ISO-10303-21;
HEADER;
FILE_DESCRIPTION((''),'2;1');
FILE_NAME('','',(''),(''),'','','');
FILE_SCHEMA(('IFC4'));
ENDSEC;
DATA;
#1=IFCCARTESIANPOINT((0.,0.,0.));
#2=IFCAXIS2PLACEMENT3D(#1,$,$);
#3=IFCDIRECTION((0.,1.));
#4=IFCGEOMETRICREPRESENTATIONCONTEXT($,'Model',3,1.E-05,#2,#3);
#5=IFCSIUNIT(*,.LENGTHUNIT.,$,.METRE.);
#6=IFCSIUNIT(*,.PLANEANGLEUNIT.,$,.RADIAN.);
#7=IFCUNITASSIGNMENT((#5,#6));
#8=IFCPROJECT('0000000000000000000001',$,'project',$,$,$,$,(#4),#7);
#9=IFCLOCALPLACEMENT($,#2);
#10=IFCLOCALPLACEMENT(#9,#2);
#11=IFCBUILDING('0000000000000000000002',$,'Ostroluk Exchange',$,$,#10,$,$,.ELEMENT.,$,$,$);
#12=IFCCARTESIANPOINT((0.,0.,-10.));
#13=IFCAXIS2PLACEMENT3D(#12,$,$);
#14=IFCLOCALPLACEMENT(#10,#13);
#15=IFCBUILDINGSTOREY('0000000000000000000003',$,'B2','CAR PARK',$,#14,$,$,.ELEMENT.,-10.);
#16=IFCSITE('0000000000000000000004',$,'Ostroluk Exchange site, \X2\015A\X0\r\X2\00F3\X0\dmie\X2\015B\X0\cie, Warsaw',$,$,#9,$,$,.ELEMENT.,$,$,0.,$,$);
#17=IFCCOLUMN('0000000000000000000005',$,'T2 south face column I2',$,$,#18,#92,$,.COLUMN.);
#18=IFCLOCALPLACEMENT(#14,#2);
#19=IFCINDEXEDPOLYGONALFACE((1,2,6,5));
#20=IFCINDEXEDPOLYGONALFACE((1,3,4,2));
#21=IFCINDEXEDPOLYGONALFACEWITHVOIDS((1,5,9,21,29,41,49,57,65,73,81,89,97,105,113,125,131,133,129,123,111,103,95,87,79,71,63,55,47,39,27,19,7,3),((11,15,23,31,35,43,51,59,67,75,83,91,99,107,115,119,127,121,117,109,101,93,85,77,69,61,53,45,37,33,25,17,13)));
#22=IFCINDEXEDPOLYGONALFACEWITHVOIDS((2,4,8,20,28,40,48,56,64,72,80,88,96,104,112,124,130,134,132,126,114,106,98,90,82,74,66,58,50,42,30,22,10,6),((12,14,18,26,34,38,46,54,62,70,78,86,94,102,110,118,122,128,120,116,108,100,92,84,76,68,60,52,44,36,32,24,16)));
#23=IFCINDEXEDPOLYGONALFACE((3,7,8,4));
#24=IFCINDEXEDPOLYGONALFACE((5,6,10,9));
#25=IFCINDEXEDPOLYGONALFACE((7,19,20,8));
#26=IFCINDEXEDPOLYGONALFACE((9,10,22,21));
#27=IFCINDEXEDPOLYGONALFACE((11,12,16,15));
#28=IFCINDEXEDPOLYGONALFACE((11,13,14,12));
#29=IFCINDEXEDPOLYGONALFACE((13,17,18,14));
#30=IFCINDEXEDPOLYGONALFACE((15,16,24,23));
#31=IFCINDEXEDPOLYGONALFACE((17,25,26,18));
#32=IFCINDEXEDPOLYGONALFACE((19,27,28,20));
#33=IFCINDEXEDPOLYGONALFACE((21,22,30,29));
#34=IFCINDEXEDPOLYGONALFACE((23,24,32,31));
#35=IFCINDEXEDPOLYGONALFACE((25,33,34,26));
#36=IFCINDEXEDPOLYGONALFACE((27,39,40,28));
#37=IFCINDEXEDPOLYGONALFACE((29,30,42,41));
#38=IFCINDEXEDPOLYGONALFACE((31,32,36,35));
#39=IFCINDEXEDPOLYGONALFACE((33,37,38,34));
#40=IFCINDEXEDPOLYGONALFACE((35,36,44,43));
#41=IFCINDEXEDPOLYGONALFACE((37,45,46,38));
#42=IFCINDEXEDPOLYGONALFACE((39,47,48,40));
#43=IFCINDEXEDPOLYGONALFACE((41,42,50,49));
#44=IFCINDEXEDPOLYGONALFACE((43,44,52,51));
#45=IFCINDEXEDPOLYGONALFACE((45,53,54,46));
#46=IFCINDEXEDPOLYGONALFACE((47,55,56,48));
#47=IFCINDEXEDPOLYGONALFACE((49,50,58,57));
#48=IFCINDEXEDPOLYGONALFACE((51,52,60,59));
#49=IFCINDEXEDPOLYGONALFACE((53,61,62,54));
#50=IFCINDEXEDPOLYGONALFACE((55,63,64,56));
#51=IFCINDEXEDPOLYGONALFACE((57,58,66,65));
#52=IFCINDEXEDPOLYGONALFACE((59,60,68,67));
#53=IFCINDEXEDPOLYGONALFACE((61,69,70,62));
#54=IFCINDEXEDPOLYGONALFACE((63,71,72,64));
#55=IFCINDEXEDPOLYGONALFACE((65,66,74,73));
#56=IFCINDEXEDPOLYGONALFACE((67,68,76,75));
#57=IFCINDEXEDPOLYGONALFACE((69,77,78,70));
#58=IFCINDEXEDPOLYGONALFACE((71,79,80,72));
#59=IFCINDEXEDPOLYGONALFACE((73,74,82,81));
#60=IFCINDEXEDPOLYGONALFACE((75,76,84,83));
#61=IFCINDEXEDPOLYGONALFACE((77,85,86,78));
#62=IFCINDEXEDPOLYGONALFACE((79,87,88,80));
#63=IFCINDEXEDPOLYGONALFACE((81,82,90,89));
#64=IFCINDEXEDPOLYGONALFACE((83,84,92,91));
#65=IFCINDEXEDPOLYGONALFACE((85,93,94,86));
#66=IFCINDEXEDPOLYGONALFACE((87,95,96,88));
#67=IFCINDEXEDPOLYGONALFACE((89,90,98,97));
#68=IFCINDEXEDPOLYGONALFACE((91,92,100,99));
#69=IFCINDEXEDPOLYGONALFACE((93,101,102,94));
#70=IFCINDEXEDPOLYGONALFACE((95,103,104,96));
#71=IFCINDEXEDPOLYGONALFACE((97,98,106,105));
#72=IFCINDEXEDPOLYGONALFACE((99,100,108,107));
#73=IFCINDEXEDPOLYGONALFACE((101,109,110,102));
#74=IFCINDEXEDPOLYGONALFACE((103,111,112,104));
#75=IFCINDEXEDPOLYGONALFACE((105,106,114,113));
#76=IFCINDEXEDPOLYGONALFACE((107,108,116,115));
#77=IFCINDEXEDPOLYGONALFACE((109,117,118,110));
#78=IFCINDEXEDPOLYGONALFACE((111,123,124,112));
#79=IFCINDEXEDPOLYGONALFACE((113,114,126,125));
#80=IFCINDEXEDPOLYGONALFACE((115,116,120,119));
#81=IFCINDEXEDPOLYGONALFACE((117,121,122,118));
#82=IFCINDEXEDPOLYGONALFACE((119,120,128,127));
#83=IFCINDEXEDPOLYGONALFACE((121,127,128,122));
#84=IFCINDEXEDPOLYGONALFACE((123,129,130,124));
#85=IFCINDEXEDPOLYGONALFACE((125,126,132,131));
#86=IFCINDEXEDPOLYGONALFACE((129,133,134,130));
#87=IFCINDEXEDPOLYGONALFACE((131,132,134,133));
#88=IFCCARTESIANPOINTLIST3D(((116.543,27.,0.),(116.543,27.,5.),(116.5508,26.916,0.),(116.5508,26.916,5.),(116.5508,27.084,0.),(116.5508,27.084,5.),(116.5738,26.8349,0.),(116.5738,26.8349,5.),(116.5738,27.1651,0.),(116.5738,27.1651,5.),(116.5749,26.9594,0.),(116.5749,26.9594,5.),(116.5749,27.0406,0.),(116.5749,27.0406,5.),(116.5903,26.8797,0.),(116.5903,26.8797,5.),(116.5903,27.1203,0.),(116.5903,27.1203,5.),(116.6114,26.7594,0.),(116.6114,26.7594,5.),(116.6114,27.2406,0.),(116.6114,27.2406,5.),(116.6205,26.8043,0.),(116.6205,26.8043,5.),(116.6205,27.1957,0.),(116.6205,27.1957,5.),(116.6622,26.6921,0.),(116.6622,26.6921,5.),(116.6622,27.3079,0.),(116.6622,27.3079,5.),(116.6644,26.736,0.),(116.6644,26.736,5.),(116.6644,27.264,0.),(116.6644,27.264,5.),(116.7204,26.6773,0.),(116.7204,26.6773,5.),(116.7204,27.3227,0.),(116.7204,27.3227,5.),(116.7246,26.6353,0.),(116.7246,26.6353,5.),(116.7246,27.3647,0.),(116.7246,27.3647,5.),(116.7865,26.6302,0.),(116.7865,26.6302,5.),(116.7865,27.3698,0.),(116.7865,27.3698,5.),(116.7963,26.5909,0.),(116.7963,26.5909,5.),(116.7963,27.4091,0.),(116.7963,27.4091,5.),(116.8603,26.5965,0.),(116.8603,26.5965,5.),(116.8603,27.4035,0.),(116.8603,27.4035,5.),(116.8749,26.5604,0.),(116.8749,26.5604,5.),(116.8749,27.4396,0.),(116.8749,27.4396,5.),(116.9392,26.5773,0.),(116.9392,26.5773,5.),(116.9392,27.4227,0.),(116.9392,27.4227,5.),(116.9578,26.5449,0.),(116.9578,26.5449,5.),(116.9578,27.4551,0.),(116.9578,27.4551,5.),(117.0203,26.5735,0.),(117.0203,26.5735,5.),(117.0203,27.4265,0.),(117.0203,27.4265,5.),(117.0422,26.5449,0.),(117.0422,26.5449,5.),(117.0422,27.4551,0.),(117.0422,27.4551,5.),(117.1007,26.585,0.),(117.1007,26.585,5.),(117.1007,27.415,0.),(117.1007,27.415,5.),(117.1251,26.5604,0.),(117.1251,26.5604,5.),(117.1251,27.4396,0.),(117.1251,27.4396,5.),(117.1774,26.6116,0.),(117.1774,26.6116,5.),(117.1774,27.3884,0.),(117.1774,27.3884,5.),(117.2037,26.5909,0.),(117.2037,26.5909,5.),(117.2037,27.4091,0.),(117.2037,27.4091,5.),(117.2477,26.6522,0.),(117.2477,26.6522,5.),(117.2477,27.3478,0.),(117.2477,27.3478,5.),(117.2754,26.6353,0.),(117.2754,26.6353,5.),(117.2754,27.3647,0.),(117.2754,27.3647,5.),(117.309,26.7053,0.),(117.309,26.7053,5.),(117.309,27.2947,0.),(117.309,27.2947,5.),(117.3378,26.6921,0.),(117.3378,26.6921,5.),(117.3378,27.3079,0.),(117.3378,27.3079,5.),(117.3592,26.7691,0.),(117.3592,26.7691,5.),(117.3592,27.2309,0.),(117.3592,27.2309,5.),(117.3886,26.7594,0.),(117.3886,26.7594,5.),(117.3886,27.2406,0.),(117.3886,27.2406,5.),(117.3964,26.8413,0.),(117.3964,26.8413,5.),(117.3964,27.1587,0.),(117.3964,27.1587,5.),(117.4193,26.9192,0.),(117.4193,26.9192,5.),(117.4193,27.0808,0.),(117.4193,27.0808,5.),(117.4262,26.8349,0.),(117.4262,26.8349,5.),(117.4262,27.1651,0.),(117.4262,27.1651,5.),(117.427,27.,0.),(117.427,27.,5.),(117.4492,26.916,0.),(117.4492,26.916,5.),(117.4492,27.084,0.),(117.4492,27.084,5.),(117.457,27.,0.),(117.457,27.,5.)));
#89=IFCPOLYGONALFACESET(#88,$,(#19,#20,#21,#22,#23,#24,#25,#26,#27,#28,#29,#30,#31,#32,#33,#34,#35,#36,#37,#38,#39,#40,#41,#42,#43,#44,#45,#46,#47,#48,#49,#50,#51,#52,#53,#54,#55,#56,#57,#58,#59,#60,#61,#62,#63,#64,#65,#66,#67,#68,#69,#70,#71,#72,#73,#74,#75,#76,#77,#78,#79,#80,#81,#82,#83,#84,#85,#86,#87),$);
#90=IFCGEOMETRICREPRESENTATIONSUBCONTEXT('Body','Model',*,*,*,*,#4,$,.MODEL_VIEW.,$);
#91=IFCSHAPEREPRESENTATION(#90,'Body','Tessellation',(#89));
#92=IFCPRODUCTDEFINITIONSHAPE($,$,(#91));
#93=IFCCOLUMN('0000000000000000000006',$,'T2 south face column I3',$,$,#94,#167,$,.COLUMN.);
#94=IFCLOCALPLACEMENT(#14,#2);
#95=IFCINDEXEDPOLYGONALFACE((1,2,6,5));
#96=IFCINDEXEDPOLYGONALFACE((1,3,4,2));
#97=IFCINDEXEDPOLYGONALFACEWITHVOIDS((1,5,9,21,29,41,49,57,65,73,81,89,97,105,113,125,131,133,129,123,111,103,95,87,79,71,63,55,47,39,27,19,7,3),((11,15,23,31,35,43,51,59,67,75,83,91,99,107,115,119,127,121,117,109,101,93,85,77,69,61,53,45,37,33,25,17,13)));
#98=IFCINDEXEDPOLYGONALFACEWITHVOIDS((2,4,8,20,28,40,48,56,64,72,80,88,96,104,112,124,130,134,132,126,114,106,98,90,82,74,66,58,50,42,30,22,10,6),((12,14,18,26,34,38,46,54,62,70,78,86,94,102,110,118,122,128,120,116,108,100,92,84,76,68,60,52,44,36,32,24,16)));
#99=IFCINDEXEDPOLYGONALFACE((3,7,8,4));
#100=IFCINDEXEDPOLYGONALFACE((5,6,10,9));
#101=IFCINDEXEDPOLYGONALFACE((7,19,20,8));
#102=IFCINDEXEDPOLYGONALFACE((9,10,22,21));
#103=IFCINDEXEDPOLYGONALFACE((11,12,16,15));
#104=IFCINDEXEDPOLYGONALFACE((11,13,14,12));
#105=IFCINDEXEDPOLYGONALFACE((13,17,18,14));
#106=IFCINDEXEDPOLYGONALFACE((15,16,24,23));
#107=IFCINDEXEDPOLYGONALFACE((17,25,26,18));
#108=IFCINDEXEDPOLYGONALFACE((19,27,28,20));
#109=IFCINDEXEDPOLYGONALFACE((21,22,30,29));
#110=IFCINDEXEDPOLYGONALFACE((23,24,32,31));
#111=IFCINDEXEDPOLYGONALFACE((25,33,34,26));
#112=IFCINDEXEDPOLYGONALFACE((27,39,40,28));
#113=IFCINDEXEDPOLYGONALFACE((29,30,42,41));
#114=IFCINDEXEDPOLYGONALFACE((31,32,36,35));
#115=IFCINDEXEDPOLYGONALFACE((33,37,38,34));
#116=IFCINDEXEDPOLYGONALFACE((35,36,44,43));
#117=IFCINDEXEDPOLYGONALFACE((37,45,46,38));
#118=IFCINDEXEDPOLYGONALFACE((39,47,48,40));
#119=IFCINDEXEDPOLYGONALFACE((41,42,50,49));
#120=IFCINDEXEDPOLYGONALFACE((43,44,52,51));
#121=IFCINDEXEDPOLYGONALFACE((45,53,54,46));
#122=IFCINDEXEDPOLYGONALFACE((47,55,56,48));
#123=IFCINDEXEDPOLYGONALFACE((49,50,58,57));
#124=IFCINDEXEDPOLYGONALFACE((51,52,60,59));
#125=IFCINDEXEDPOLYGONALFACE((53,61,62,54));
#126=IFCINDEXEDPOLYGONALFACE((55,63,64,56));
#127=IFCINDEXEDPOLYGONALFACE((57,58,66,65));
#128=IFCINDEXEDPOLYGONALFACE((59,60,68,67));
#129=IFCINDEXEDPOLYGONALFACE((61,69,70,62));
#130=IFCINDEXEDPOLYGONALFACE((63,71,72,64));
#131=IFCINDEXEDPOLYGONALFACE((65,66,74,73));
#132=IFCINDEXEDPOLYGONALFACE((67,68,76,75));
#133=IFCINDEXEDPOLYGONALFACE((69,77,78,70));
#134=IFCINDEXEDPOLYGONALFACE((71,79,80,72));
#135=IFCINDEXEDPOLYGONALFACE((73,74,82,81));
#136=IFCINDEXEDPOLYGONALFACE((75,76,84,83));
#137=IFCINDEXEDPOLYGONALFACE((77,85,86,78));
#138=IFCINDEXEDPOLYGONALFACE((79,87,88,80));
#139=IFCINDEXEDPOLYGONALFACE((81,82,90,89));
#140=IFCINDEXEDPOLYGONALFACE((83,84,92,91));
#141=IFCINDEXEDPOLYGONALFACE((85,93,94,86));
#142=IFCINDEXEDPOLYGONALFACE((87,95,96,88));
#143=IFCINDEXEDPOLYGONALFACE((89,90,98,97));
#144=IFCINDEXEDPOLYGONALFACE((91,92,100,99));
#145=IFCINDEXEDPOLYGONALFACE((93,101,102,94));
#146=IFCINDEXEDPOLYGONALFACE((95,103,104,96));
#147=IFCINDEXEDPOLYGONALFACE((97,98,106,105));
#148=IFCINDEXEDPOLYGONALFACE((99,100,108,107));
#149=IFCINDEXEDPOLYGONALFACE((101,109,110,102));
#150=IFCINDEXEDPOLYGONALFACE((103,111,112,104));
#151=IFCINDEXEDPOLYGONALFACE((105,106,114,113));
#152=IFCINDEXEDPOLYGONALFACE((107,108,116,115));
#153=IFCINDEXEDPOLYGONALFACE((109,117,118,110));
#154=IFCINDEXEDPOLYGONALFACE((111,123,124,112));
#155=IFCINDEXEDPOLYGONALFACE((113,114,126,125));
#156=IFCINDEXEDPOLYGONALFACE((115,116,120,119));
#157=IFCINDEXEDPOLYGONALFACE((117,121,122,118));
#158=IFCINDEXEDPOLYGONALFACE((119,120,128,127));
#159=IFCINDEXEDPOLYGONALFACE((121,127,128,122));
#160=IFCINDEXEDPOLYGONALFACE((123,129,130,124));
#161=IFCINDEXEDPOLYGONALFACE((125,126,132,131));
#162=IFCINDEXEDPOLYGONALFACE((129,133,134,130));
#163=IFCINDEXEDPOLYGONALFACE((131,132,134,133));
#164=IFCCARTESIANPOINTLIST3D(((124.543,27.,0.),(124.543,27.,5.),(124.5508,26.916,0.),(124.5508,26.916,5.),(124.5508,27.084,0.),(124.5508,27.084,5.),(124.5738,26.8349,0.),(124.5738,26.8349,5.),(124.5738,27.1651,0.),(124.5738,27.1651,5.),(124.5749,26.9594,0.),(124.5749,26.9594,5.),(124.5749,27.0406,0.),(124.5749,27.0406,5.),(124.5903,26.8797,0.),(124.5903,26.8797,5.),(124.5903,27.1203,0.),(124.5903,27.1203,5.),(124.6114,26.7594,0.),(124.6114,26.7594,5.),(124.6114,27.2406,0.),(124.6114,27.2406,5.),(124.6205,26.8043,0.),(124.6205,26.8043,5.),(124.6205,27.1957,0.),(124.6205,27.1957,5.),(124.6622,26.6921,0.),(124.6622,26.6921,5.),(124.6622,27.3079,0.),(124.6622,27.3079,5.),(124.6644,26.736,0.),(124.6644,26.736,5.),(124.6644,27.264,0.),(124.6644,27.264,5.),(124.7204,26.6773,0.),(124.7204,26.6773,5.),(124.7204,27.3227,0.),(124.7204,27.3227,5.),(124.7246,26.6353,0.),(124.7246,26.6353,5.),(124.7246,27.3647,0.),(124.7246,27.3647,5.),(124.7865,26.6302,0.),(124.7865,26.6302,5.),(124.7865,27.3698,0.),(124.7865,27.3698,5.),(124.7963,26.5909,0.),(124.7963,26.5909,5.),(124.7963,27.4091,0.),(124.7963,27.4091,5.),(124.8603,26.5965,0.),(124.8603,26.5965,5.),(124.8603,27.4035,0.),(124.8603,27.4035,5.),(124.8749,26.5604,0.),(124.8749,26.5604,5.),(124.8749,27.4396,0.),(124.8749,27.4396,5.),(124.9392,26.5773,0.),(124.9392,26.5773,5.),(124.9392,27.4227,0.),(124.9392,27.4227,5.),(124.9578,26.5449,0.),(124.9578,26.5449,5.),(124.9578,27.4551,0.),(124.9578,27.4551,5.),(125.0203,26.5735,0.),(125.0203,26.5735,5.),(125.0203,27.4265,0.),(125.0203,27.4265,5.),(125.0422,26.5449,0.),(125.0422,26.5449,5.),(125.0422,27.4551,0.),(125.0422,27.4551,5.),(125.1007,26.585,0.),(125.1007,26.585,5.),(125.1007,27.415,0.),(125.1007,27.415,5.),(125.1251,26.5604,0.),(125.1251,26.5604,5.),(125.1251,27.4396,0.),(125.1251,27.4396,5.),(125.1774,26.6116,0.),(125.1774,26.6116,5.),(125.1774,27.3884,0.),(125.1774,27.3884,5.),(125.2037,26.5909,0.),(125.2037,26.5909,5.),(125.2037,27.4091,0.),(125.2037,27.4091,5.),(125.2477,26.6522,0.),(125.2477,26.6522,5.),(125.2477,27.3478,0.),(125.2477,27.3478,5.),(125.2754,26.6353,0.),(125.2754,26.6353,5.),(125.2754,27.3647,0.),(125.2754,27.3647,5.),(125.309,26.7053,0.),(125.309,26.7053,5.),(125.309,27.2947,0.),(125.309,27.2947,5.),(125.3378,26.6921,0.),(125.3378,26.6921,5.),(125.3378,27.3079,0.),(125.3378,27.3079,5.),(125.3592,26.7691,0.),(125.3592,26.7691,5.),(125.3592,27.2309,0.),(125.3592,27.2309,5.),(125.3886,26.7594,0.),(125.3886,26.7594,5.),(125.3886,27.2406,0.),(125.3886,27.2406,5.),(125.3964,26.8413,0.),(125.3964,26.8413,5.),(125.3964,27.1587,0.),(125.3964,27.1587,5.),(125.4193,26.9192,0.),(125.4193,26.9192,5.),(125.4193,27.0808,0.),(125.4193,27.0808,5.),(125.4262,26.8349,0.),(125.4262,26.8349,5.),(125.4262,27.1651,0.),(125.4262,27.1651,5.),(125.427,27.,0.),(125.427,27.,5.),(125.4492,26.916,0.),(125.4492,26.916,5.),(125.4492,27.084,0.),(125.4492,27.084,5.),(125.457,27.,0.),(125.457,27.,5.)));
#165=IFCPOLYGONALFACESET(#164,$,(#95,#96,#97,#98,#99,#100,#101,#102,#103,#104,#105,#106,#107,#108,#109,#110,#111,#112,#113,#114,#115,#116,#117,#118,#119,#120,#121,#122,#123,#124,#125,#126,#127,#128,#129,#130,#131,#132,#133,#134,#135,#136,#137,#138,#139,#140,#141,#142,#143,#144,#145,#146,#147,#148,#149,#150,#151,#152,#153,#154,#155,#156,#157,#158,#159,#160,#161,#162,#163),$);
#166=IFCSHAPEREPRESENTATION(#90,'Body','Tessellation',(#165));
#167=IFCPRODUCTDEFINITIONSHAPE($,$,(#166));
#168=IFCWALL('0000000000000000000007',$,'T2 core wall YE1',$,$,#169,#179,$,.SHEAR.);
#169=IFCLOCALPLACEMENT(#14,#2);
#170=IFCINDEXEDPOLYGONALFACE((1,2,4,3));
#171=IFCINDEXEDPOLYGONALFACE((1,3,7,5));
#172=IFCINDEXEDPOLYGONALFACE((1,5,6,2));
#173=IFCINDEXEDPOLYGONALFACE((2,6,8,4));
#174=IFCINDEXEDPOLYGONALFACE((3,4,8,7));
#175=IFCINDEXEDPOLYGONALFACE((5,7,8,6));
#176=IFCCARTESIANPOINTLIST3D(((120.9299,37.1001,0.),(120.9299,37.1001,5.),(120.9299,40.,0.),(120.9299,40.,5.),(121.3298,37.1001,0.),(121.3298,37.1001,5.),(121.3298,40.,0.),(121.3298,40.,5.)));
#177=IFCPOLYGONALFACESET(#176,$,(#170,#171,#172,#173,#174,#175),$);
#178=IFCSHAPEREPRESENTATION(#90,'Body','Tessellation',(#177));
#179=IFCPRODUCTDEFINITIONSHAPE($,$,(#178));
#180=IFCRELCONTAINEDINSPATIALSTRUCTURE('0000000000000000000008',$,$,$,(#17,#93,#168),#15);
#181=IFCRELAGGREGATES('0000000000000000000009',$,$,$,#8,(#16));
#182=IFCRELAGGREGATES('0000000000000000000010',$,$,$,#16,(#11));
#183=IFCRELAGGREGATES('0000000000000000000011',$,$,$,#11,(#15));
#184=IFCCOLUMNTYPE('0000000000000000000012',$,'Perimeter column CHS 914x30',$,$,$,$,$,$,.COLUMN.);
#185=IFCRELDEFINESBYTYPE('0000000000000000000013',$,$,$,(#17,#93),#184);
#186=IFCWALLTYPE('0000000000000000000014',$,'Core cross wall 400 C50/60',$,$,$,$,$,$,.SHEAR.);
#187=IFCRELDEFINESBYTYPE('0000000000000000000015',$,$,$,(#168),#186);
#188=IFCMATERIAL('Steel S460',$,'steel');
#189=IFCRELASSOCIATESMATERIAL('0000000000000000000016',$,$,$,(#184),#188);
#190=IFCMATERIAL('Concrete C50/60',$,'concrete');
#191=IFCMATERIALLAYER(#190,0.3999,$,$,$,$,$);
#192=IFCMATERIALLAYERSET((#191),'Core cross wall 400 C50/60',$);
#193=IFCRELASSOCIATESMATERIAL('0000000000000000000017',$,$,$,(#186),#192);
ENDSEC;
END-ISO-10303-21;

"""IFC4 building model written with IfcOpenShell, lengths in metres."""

from ifc_helpers import new_model, si_unit, direction, frame, frame_2d, origin, origin_2d, place, context, subcontext, project, spatial, rectangle, hollow_circle, extrude, material, layer, layer_set, material_profile, profile_set, type_object, element, save


model = new_model("IFC4")

# Units and contexts
model_context = context("Model", 3, precision=1e-05, world=origin(), true_north=direction((0.0, 1.0)))
body_context = subcontext(model_context, "Body", "Model", "MODEL_VIEW")
ifc_project = project(units=[si_unit("LENGTHUNIT", "METRE"), si_unit("PLANEANGLEUNIT", "RADIAN")], contexts=[model_context])

# Site, building, storey
site_placement = place(None, origin())
site = spatial("IfcSite", under=ifc_project, at=site_placement, Name="Ostroluk Exchange site, Śródmieście, Warsaw", CompositionType="ELEMENT", RefElevation=0.0)
building_placement = place(site_placement, origin())
building = spatial("IfcBuilding", under=site, at=building_placement, Name="Ostroluk Exchange", CompositionType="ELEMENT")
storey_placement = place(building_placement, frame((0.0, 0.0, -10.0)))
storey = spatial("IfcBuildingStorey", under=building, at=storey_placement, Name="B2", Description="CAR PARK", CompositionType="ELEMENT", Elevation=-10.0)

# Columns
ifc_material_1 = material(Name="Steel S460", Category="steel")
ifc_material_profile = material_profile(ifc_material_1, hollow_circle(Radius=0.457, WallThickness=0.03, at=origin_2d()), Name="CHS 914x30")
ifc_profile_set = profile_set([ifc_material_profile], Name="Steel S460")
column_type = type_object("IfcColumnType", Name="Perimeter column CHS 914x30", PredefinedType="COLUMN", material=ifc_profile_set)
for number, where, z_axis, x_axis, name in (
    (1, (117.0, 27.0, 0.0), (0.0, 0.0, 1.0), (1.0, 0.0, 0.0), "T2 south face column I2"),
    (2, (125.0, 27.0, 0.0), (0.0, 0.0, 1.0), (1.0, 0.0, 0.0), "T2 south face column I3"),
):
    element("IfcColumn", number, at=place(storey_placement, frame(where, z_axis=z_axis, x_axis=x_axis)), inside=storey, type_object=column_type, Name=name, PredefinedType="COLUMN", context=body_context, shape_type="SweptSolid", body=[
        extrude(hollow_circle(Radius=0.457, WallThickness=0.03, at=origin_2d()), origin(), (0.0, 0.0, 1.0), 5.0),
    ])

# Wall
ifc_material_2 = material(Name="Concrete C50/60", Category="concrete")
ifc_layer_1 = layer(ifc_material_2, 0.3999)
ifc_layer_set_1 = layer_set([ifc_layer_1], Name="Core cross wall 400 C50/60")
wall_type_1 = type_object("IfcWallType", Name="Core cross wall 400 C50/60", PredefinedType="SHEAR", material=ifc_layer_set_1)
wall_1_placement = place(storey_placement, frame((121.1299, 37.1001, 0.0), z_axis=(0.0, 0.0, 1.0), x_axis=(0.0, 1.0, 0.0)))
element("IfcWall", 3, at=wall_1_placement, inside=storey, type_object=wall_type_1, Name="T2 core wall YE1", PredefinedType="SHEAR", context=body_context, shape_type="SweptSolid", body=[
    extrude(rectangle(XDim=2.8999, YDim=0.3999, at=frame_2d((1.45, 0.0))), origin(), (0.0, 0.0, 1.0), 5.0),
])

save(model, "model.ifc")
